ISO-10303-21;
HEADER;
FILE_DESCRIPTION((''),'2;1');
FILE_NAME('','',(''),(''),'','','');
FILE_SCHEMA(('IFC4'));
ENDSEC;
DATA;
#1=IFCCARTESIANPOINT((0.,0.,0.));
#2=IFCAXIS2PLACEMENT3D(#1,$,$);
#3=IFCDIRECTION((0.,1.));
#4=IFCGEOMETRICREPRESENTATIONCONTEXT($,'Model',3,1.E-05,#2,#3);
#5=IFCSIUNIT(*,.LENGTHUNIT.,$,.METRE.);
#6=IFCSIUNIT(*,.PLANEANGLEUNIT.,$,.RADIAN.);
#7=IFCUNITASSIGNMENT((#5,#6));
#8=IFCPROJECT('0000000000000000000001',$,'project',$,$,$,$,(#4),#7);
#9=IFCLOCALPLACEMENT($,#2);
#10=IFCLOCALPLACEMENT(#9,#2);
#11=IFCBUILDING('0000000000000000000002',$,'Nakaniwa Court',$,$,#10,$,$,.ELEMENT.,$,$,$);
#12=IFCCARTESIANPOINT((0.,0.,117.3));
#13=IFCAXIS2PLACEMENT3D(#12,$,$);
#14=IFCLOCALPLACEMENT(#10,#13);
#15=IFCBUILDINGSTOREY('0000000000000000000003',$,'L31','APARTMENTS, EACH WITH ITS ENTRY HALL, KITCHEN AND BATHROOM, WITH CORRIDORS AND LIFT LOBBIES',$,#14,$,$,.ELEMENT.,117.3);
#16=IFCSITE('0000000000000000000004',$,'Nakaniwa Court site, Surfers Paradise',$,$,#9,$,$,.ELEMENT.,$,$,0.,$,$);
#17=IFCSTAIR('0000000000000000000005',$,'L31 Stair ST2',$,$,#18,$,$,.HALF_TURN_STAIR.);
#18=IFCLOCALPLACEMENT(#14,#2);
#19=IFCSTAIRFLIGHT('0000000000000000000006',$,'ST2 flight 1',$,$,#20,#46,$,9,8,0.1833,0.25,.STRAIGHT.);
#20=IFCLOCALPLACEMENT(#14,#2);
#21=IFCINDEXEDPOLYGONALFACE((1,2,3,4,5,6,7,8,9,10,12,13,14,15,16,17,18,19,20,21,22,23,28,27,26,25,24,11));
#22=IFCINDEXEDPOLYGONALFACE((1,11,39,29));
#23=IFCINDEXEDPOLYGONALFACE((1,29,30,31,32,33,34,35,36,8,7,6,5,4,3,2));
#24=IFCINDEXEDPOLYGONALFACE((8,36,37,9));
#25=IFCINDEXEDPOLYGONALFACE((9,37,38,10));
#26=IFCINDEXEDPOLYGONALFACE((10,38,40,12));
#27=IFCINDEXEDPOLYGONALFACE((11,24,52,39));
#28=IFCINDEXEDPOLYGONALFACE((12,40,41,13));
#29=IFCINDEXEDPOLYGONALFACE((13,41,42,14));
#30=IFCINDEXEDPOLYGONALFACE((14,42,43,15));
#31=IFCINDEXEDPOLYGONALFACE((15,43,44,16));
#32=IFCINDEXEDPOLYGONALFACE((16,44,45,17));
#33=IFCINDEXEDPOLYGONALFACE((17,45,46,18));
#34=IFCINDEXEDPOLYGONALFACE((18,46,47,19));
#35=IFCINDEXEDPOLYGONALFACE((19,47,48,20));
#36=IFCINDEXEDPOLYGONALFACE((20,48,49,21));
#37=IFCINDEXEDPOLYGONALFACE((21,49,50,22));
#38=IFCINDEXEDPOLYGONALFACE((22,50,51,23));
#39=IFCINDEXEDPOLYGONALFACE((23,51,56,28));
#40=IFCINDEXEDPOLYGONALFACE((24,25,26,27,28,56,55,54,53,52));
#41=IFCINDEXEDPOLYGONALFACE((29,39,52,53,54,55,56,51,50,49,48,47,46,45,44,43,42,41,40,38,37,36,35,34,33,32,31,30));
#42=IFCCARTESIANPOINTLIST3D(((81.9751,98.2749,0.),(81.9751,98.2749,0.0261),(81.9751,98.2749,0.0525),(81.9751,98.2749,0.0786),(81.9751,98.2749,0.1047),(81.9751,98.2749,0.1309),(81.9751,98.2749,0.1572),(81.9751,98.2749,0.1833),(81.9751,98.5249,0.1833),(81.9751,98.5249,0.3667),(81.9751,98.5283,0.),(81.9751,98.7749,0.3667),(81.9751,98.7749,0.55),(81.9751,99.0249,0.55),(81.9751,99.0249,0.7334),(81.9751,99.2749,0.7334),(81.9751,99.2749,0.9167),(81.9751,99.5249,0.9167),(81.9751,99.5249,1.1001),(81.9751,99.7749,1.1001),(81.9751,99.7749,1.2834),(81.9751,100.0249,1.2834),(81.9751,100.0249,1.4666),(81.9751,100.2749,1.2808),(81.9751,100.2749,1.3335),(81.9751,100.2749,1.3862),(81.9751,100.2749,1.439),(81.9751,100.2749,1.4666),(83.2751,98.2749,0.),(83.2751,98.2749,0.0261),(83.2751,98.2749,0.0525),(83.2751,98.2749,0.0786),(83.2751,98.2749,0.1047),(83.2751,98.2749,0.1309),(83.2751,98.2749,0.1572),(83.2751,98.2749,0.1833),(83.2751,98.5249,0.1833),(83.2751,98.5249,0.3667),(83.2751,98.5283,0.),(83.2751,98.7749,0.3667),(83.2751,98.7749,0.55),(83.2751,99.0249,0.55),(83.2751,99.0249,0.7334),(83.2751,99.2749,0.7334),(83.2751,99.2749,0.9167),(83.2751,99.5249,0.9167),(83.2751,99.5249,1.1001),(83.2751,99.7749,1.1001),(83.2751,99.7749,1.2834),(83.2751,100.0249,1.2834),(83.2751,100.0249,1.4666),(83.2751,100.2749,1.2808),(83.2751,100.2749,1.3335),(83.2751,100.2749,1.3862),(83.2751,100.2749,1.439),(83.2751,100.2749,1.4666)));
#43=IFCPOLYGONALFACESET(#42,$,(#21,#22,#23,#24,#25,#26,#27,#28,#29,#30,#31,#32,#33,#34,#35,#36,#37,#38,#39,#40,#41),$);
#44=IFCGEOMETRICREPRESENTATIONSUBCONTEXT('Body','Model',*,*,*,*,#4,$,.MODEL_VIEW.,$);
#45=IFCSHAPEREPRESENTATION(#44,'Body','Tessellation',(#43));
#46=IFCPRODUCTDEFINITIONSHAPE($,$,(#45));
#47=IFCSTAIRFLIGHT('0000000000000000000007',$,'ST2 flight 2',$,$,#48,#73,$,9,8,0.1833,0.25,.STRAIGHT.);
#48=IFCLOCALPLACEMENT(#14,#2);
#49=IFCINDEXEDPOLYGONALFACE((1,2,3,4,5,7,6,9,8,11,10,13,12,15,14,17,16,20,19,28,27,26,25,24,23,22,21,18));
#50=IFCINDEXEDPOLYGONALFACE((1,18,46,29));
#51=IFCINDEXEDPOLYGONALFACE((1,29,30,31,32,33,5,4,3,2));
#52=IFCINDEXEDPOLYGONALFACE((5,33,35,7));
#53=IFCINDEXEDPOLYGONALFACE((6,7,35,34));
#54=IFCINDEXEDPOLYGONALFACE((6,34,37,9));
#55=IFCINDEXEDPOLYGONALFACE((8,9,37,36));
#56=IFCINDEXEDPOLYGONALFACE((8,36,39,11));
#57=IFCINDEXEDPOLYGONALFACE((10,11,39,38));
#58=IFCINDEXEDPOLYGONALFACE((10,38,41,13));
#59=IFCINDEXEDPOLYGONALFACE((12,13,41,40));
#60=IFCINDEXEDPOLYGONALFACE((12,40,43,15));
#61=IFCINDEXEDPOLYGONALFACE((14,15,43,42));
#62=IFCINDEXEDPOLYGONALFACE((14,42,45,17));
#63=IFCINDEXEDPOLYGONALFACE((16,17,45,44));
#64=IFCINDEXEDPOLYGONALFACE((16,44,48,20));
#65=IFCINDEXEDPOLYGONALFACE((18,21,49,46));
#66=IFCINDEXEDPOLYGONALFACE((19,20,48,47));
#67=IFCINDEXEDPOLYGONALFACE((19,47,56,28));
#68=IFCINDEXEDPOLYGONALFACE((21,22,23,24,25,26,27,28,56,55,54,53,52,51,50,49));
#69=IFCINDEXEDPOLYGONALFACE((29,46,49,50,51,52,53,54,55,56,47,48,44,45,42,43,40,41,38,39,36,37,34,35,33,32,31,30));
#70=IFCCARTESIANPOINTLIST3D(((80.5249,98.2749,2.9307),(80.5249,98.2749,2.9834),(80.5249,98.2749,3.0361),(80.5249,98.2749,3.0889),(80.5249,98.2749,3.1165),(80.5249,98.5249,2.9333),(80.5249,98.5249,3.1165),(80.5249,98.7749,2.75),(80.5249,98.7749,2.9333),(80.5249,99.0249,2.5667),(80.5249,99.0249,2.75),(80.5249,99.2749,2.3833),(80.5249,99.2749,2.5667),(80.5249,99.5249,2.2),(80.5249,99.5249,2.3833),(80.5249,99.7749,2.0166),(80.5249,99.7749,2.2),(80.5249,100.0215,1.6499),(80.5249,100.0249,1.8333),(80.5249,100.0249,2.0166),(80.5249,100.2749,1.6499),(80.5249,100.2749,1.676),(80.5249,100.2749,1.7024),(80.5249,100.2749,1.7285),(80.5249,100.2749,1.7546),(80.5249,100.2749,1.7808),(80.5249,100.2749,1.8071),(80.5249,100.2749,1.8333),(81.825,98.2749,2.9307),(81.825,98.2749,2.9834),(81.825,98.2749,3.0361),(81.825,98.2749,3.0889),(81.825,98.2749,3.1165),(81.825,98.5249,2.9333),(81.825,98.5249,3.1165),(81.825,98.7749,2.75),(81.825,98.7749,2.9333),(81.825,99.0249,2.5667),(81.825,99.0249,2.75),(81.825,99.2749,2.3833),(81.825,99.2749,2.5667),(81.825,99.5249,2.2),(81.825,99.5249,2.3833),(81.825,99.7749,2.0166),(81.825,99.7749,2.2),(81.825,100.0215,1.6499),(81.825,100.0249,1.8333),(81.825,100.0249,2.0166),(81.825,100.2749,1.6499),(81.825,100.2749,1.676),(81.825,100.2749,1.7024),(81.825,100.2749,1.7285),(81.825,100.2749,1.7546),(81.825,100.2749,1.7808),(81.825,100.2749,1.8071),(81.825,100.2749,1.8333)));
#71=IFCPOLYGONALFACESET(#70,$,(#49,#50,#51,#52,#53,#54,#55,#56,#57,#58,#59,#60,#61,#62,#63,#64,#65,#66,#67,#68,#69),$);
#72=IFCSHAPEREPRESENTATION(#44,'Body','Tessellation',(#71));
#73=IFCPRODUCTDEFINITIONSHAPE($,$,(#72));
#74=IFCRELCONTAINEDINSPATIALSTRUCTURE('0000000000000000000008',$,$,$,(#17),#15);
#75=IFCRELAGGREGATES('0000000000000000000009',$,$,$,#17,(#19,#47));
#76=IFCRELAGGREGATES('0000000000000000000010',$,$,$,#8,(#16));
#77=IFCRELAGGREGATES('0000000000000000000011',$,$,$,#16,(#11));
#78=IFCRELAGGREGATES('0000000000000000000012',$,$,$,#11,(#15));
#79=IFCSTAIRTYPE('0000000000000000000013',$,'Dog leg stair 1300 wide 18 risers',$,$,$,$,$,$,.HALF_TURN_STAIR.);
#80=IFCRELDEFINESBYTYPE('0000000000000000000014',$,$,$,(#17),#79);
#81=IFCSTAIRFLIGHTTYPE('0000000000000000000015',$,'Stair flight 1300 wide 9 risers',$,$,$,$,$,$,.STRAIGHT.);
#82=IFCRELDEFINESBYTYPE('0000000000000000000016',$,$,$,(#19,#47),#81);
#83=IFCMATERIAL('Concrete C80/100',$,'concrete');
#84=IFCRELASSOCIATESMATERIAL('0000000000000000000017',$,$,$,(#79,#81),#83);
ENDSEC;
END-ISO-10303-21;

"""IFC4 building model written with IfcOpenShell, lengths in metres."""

from ifc_helpers import new_model, si_unit, direction, frame, origin, place, context, subcontext, project, spatial, polyline, outline, extrude, material, type_object, element, aggregate, save


model = new_model("IFC4")

# Units and contexts
model_context = context("Model", 3, precision=1e-05, world=origin(), true_north=direction((0.0, 1.0)))
body_context = subcontext(model_context, "Body", "Model", "MODEL_VIEW")
ifc_project = project(units=[si_unit("LENGTHUNIT", "METRE"), si_unit("PLANEANGLEUNIT", "RADIAN")], contexts=[model_context])

# Site, building, storey
site_placement = place(None, origin())
site = spatial("IfcSite", under=ifc_project, at=site_placement, Name="Nakaniwa Court site, Surfers Paradise", CompositionType="ELEMENT", RefElevation=0.0)
building_placement = place(site_placement, origin())
building = spatial("IfcBuilding", under=site, at=building_placement, Name="Nakaniwa Court", CompositionType="ELEMENT")
storey_placement = place(building_placement, frame((0.0, 0.0, 117.3)))
storey = spatial("IfcBuildingStorey", under=building, at=storey_placement, Name="L31", Description="APARTMENTS, EACH WITH ITS ENTRY HALL, KITCHEN AND BATHROOM, WITH CORRIDORS AND LIFT LOBBIES", CompositionType="ELEMENT", Elevation=117.3)

# Shared definitions
ifc_material_1 = material(Name="Concrete C80/100", Category="concrete")

# Stair, stair flights
stair_type = type_object("IfcStairType", Name="Dog leg stair 1300 wide 18 risers", PredefinedType="HALF_TURN_STAIR", material=ifc_material_1)
stair_placement = place(storey_placement, origin())
stair = element("IfcStair", 1, at=stair_placement, inside=storey, type_object=stair_type, Name="L31 Stair ST2", PredefinedType="HALF_TURN_STAIR")
stair_flight_type = type_object("IfcStairFlightType", Name="Stair flight 1300 wide 9 risers", PredefinedType="STRAIGHT", material=ifc_material_1)
stair_flight_1_placement = place(storey_placement, frame((82.625, 98.2749, 0.0), z_axis=(0.0, 0.0, 1.0), x_axis=(0.0, 1.0, 0.0)))
stair_flight_1 = element("IfcStairFlight", 2, at=stair_flight_1_placement, type_object=stair_flight_type, Name="ST2 flight 1", NumberOfRisers=9, NumberOfTreads=8, PredefinedType="STRAIGHT", RiserHeight=0.1833, TreadLength=0.25, context=body_context, shape_type="SweptSolid", body=[
    extrude(outline(polyline([(0.0, 0.0), (0.0, 0.0261), (0.0, 0.0525), (0.0, 0.0786), (0.0, 0.1047), (0.0, 0.1309), (0.0, 0.1572), (0.0, 0.1833), (0.25, 0.1833), (0.25, 0.3667), (0.5, 0.3667), (0.5, 0.55), (0.75, 0.55), (0.75, 0.7334), (1.0, 0.7334), (1.0, 0.9167), (1.25, 0.9167), (1.25, 1.1001), (1.5, 1.1001), (1.5, 1.2834), (1.75, 1.2834), (1.75, 1.4666), (2.0, 1.4666), (2.0, 1.6499), (2.0, 1.5972), (2.0, 1.5444), (2.0, 1.4917), (2.0, 1.439), (2.0, 1.3862), (2.0, 1.3335), (2.0, 1.2808), (0.2534, 0.0), (0.0, 0.0)])), frame((0.0, 0.6499, 0.0), z_axis=(0.0, -1.0, 0.0), x_axis=(1.0, 0.0, 0.0)), (0.0, 0.0, 1.0), 1.3),
])
stair_flight_2_placement = place(storey_placement, frame((81.175, 100.2749, 1.6499), z_axis=(0.0, 0.0, 1.0), x_axis=(0.0, -1.0, 0.0)))
stair_flight_2 = element("IfcStairFlight", 3, at=stair_flight_2_placement, type_object=stair_flight_type, Name="ST2 flight 2", NumberOfRisers=9, NumberOfTreads=8, PredefinedType="STRAIGHT", RiserHeight=0.1833, TreadLength=0.25, context=body_context, shape_type="SweptSolid", body=[
    extrude(outline(polyline([(0.0, 0.0), (0.0, 0.0261), (0.0, 0.0525), (0.0, 0.0786), (0.0, 0.1047), (0.0, 0.1309), (0.0, 0.1572), (0.0, 0.1833), (0.25, 0.1833), (0.25, 0.3667), (0.5, 0.3667), (0.5, 0.55), (0.75, 0.55), (0.75, 0.7334), (1.0, 0.7334), (1.0, 0.9167), (1.25, 0.9167), (1.25, 1.1001), (1.5, 1.1001), (1.5, 1.2834), (1.75, 1.2834), (1.75, 1.4666), (2.0, 1.4666), (2.0, 1.6499), (2.0, 1.5972), (2.0, 1.5444), (2.0, 1.4917), (2.0, 1.439), (2.0, 1.3862), (2.0, 1.3335), (2.0, 1.2808), (0.2534, 0.0), (0.0, 0.0)])), frame((0.0, 0.6499, 0.0), z_axis=(0.0, -1.0, 0.0), x_axis=(1.0, 0.0, 0.0)), (0.0, 0.0, 1.0), 1.3),
])
aggregate(stair, [stair_flight_1, stair_flight_2])

save(model, "model.ifc")
